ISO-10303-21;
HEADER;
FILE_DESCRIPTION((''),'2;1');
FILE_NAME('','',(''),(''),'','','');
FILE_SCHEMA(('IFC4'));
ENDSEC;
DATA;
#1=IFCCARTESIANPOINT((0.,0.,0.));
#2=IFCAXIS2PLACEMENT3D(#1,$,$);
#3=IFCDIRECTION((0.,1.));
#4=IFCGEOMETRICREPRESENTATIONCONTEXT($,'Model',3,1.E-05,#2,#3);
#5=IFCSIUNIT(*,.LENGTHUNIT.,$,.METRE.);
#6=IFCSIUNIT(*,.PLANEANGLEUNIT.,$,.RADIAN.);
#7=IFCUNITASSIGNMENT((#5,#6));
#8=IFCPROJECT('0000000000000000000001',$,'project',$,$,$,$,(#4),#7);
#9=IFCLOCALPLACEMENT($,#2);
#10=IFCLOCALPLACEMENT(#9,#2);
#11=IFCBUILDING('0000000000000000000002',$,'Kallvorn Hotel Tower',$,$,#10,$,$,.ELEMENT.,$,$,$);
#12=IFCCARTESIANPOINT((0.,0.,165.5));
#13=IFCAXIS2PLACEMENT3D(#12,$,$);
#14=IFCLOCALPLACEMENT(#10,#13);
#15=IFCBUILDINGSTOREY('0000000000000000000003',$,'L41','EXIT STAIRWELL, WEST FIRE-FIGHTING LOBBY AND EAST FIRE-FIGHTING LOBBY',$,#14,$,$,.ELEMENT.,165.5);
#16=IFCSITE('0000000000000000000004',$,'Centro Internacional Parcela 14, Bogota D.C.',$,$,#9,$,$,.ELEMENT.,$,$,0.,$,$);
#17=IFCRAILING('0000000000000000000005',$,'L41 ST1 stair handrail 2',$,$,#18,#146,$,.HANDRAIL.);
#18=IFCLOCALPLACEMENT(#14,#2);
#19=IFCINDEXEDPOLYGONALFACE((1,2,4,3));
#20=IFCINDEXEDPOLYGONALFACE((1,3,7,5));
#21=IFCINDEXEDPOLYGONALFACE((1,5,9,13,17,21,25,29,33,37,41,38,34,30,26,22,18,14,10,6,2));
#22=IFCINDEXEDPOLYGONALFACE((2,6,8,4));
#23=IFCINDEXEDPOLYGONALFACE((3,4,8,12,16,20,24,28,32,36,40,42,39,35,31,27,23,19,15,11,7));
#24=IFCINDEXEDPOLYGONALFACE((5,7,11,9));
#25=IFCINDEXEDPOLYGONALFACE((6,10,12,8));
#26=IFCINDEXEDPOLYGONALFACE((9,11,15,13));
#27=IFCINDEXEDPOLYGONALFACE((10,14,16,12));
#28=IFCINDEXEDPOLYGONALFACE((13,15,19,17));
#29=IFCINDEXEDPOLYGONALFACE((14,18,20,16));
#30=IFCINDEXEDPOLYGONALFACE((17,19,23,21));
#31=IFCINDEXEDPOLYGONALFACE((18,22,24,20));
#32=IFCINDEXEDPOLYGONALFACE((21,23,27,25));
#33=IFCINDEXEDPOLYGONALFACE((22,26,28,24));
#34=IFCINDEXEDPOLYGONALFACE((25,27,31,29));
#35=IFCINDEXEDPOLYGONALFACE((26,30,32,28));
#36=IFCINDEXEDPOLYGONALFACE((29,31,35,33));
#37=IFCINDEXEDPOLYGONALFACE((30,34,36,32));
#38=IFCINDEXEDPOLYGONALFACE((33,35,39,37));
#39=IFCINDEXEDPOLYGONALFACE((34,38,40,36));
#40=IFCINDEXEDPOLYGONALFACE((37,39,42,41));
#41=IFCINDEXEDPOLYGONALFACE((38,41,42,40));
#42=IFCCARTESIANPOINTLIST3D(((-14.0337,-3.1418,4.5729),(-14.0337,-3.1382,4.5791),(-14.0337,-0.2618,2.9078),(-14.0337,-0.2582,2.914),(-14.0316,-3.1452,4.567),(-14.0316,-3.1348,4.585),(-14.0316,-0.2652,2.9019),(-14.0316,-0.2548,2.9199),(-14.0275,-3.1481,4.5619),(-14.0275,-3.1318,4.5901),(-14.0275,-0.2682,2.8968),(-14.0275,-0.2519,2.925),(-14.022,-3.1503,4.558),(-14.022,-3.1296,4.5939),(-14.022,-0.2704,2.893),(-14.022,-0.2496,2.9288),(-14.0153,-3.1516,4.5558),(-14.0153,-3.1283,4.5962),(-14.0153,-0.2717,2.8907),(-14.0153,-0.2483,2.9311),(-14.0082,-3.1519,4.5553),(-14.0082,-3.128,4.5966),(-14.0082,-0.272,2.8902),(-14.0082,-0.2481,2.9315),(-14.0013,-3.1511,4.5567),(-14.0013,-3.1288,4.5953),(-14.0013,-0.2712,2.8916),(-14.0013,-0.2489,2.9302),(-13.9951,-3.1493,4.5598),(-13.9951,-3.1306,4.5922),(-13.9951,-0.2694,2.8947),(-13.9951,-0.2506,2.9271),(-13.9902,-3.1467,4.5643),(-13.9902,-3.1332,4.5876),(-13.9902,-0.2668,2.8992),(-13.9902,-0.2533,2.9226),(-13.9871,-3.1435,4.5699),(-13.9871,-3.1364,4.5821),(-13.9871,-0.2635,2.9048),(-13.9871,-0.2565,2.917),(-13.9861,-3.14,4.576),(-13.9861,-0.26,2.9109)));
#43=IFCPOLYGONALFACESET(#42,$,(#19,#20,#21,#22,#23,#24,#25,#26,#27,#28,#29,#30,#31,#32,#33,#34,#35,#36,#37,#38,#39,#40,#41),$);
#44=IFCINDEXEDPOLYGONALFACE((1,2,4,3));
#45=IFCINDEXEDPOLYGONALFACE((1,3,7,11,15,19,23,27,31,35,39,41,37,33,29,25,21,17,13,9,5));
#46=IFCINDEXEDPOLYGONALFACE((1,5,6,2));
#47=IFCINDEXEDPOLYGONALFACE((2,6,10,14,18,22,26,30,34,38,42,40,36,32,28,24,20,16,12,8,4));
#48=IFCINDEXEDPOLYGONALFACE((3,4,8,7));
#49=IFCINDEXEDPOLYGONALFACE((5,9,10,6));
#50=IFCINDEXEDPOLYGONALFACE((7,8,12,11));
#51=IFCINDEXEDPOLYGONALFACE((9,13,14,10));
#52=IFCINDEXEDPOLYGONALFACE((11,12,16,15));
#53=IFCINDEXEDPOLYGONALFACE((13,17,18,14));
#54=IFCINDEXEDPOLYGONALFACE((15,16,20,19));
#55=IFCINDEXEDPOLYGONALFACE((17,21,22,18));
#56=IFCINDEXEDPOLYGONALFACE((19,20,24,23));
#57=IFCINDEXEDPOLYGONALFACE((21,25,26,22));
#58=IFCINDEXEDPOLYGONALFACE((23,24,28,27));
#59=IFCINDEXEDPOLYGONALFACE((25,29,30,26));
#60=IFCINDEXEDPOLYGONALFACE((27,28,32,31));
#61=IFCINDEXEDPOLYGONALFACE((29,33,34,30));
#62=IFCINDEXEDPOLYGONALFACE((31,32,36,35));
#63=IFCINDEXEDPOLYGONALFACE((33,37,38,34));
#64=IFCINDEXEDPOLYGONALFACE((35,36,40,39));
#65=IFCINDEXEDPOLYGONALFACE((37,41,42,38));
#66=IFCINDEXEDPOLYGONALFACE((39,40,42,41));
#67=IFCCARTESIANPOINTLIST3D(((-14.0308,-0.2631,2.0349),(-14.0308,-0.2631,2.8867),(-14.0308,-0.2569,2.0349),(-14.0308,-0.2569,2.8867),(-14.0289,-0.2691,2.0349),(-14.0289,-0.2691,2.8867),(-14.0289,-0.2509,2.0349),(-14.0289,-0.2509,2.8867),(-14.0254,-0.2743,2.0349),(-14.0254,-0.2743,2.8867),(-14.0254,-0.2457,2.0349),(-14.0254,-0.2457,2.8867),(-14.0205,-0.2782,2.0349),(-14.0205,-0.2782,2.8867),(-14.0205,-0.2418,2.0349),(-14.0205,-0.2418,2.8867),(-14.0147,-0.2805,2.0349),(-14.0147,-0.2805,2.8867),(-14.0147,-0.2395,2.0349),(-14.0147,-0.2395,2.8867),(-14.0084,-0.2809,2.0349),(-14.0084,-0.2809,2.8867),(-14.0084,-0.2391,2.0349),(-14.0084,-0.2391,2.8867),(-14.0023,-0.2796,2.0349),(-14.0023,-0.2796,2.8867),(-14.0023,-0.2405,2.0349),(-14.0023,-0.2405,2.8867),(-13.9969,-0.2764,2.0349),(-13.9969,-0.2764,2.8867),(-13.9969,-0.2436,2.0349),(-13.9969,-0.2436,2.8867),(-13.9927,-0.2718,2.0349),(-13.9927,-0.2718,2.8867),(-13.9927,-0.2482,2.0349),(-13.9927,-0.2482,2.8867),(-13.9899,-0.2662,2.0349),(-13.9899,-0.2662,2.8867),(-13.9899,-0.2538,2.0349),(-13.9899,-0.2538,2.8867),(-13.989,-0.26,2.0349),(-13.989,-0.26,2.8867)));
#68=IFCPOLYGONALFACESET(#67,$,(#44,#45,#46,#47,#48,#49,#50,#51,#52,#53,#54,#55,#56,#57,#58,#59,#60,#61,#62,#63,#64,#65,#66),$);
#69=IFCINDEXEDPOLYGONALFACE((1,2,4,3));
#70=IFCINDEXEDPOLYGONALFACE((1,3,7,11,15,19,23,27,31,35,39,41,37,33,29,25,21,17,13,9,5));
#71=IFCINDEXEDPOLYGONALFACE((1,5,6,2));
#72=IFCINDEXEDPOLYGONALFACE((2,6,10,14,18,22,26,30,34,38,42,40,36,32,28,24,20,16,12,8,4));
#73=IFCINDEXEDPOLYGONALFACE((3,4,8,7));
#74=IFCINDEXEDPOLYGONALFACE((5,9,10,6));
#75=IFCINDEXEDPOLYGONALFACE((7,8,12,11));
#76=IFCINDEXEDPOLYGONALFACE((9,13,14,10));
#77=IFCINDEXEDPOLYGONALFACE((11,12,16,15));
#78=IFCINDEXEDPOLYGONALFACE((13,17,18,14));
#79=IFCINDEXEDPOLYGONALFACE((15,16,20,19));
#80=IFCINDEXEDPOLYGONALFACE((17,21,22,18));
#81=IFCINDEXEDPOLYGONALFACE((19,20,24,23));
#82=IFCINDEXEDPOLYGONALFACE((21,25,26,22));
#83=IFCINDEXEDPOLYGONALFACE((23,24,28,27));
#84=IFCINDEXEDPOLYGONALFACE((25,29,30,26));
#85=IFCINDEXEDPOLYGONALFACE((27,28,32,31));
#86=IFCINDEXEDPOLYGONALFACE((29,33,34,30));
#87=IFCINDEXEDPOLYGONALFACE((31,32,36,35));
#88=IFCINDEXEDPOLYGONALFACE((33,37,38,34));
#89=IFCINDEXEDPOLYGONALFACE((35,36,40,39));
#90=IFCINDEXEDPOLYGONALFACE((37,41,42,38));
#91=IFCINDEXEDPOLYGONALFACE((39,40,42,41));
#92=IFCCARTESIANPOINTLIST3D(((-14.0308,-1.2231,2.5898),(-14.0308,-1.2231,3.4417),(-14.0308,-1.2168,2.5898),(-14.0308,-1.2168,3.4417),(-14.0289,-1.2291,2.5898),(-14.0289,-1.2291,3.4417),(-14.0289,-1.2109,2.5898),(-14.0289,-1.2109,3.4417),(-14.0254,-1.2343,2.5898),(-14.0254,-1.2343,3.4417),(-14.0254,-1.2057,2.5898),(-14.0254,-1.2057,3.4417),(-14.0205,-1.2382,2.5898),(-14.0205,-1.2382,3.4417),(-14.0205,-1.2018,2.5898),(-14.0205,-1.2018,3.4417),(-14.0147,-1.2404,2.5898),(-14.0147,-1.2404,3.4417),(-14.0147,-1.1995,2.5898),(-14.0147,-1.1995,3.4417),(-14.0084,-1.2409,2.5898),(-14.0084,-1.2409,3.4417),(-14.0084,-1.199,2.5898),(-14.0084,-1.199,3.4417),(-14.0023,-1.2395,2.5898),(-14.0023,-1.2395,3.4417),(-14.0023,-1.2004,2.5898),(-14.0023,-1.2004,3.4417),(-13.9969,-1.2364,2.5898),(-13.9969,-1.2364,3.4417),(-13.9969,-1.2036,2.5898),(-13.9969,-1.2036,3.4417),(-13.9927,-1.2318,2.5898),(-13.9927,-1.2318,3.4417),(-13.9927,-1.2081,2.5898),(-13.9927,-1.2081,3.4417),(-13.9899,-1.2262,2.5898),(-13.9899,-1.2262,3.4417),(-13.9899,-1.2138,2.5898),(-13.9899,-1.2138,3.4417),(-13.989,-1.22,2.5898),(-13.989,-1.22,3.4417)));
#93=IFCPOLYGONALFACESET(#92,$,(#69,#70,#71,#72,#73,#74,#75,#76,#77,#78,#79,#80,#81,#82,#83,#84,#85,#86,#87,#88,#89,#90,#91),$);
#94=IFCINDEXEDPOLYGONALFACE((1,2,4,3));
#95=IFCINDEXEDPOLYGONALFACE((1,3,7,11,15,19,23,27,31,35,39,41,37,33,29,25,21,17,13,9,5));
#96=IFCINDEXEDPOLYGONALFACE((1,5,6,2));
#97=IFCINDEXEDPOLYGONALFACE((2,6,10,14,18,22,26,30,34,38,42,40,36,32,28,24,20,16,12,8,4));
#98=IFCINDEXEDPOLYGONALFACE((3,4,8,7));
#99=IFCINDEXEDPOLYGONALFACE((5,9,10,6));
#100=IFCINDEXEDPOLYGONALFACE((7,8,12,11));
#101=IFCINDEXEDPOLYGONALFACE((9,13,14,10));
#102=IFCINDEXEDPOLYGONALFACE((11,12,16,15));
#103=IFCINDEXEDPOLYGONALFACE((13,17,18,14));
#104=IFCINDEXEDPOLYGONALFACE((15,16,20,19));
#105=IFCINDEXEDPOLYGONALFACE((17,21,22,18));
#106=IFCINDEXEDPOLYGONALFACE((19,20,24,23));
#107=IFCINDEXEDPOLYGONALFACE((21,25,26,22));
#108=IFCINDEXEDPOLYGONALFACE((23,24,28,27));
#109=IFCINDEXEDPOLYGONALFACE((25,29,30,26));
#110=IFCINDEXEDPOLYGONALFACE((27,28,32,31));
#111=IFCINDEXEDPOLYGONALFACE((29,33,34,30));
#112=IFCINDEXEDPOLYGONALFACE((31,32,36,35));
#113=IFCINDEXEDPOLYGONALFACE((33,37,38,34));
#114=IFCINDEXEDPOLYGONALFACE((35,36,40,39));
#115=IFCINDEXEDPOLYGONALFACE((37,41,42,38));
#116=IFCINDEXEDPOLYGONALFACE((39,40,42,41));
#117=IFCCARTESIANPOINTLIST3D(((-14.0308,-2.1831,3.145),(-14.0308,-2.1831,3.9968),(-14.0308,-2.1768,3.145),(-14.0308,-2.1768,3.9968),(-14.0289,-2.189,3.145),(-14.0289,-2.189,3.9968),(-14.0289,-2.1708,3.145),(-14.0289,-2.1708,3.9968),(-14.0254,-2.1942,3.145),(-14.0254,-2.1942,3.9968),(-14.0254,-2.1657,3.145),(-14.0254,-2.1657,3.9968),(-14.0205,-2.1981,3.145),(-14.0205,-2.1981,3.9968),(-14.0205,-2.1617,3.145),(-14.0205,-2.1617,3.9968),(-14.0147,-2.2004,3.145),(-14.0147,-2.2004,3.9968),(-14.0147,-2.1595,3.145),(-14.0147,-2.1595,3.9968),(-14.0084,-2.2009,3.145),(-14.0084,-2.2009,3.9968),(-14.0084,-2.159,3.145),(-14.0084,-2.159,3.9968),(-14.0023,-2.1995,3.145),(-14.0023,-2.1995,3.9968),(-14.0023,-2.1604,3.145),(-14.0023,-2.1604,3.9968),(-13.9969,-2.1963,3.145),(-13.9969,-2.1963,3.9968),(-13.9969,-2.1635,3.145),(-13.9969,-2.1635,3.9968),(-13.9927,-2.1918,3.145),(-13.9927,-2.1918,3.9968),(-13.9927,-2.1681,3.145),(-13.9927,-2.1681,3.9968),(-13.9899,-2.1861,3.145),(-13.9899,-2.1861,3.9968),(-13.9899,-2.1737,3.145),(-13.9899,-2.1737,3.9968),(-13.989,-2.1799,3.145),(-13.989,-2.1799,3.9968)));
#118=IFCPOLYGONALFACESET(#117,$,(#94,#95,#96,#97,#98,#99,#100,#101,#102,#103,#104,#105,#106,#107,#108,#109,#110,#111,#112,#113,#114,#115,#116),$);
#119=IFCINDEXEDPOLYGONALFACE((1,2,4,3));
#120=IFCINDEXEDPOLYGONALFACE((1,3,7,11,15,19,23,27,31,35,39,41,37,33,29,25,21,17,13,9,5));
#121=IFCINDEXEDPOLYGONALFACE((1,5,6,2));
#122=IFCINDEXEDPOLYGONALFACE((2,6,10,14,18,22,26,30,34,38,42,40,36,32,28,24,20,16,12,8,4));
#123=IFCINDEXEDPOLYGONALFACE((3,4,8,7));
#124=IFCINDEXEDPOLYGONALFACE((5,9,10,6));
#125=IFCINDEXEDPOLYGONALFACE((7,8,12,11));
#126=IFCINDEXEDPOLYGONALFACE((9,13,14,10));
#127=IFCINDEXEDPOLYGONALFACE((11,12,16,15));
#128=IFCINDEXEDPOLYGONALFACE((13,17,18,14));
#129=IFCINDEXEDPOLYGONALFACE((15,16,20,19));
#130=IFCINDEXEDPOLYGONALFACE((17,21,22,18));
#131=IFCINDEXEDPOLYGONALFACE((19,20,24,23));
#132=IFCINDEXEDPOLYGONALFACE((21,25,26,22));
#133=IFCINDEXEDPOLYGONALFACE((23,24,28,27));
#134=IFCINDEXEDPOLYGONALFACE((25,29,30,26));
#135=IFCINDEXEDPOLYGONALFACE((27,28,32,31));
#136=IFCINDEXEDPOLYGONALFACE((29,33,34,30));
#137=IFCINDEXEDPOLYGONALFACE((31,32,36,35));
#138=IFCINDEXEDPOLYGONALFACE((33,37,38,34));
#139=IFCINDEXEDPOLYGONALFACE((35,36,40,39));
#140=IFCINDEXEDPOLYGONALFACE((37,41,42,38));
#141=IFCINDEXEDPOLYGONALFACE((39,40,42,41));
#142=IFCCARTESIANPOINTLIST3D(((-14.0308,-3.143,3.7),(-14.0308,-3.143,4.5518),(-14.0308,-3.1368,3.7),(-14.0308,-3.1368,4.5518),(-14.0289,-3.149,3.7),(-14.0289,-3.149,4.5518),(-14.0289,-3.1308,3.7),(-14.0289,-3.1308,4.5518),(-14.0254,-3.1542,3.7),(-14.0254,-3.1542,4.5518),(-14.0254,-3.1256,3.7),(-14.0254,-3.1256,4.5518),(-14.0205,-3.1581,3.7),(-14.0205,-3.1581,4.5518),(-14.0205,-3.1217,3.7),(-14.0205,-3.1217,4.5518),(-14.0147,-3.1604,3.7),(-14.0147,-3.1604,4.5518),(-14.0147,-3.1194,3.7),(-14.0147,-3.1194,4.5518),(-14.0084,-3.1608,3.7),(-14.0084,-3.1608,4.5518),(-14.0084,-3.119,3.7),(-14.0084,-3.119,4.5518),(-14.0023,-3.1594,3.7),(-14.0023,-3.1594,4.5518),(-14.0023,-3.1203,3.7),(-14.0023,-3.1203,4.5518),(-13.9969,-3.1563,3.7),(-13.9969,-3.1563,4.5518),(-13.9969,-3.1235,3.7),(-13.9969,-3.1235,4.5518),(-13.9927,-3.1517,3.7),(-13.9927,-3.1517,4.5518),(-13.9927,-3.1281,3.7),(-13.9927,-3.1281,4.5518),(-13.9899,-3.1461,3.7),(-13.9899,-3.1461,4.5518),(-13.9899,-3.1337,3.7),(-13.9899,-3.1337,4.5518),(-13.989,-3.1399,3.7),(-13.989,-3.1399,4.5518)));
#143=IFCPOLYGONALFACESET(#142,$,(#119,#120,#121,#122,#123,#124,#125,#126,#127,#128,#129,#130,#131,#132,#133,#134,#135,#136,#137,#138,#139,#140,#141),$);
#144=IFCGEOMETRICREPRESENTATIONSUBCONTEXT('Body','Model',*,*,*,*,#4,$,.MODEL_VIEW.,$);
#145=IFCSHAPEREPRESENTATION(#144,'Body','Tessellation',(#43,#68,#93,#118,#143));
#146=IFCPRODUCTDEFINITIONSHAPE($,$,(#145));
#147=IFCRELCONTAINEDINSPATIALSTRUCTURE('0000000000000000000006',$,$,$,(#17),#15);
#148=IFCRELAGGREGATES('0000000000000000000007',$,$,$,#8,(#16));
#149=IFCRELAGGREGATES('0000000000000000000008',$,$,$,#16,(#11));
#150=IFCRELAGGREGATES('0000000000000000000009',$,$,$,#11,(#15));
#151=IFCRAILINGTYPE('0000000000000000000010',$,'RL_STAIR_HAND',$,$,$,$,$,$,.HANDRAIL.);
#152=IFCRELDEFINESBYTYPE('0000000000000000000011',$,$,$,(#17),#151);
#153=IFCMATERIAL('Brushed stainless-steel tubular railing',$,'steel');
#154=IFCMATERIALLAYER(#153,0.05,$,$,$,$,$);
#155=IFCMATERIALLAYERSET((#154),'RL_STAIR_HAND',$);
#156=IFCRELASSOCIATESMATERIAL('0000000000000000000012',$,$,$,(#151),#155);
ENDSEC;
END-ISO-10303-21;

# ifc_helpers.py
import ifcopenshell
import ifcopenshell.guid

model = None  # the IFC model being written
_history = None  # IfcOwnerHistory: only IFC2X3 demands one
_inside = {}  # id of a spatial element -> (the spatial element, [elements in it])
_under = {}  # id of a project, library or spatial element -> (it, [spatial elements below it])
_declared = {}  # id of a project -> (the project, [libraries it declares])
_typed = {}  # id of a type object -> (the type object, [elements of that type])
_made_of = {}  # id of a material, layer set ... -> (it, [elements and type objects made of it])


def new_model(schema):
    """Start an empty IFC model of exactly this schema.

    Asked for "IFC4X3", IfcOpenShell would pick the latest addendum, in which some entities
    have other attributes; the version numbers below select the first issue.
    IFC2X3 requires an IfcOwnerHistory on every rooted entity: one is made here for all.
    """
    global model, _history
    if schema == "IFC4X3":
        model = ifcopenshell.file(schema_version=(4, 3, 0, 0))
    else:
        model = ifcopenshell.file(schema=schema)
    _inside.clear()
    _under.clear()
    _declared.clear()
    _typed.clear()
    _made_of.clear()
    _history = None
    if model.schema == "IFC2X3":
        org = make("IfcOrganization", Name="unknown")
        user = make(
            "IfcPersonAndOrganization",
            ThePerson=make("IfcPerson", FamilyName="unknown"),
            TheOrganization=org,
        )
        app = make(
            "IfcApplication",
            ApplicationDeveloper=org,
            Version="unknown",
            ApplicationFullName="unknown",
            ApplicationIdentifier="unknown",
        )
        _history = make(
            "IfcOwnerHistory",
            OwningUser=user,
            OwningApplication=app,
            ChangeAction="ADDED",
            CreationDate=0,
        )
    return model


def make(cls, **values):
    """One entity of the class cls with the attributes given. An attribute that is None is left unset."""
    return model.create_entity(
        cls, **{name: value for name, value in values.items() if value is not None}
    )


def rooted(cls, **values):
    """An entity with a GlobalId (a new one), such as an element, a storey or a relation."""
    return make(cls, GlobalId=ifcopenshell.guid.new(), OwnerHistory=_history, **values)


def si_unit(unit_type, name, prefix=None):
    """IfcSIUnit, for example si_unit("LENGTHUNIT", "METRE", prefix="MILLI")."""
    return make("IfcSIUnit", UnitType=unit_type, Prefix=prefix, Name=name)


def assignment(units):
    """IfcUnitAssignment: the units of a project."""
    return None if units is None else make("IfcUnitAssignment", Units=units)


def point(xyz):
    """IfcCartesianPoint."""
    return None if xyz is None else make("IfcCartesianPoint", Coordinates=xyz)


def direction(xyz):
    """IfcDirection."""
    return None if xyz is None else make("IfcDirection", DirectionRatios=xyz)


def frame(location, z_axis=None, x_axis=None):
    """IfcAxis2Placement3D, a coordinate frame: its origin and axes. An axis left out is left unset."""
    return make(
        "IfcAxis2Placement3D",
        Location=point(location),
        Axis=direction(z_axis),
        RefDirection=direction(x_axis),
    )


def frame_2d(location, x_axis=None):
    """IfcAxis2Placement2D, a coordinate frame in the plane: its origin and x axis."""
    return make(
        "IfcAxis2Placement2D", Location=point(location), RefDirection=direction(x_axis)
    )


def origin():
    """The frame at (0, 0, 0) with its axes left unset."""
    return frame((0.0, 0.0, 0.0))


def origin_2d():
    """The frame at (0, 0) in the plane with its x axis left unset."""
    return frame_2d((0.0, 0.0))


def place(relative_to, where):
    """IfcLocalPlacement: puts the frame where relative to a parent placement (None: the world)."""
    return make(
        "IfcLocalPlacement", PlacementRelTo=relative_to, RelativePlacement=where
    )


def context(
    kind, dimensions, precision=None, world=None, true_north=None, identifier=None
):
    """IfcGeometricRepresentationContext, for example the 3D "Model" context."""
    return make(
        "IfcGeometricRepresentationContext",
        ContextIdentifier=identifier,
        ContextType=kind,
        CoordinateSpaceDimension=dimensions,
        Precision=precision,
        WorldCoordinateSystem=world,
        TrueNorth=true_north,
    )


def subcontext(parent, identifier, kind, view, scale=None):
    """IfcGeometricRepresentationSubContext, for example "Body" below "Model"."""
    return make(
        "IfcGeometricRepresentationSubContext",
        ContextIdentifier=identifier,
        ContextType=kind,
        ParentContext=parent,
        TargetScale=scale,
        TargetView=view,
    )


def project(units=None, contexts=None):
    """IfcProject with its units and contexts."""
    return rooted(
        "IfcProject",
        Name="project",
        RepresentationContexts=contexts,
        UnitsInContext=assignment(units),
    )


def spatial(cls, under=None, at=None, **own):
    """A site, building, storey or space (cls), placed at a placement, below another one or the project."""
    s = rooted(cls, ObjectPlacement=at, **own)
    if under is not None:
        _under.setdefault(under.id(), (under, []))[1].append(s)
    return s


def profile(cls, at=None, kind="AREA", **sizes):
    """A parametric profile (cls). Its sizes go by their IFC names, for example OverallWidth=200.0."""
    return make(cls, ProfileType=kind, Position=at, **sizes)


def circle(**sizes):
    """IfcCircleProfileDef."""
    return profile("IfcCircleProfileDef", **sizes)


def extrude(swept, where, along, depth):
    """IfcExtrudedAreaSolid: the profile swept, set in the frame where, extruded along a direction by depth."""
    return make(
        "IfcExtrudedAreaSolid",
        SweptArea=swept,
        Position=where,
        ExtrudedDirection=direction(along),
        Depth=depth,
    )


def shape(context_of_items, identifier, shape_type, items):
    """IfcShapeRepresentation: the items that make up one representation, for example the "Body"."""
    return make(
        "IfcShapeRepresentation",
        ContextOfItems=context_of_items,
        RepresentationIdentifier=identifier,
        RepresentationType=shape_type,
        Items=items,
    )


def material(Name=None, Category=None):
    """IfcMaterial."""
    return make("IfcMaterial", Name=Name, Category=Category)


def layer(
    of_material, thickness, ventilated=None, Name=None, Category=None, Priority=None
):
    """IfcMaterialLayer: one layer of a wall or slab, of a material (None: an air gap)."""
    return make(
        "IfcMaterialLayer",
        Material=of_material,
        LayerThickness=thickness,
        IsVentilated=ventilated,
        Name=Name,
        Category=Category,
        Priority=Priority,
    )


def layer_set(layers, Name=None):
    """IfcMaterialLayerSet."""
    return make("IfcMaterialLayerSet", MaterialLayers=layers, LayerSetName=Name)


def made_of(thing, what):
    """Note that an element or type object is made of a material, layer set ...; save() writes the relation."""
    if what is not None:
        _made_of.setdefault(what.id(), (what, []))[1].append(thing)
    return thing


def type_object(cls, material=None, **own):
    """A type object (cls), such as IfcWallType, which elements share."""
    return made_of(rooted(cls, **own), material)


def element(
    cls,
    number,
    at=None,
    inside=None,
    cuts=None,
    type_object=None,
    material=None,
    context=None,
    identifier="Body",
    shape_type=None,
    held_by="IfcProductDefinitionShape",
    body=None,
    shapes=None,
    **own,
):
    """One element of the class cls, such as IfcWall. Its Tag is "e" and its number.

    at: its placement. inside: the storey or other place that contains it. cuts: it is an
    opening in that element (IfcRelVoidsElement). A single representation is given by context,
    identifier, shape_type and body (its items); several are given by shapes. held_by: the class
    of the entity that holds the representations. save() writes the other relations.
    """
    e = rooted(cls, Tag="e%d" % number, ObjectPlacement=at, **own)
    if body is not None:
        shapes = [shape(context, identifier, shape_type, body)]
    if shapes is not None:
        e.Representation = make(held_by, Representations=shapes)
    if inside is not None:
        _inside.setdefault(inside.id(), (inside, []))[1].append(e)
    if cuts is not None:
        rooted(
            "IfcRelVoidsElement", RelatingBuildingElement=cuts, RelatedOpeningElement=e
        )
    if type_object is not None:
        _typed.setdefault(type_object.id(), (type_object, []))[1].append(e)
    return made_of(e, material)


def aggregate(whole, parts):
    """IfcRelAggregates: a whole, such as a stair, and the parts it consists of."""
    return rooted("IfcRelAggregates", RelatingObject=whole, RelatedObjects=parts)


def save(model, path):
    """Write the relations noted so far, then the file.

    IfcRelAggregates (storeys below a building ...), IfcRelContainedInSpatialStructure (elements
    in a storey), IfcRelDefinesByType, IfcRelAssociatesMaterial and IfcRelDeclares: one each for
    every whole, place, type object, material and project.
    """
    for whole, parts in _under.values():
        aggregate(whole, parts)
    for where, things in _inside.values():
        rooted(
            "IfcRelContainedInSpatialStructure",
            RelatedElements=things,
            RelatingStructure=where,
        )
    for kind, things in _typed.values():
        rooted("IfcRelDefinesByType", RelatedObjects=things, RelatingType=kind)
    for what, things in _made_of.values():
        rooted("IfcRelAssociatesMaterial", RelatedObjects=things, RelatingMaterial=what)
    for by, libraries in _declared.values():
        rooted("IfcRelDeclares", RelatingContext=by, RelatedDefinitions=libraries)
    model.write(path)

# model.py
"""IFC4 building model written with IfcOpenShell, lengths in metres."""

from ifc_helpers import new_model, si_unit, direction, frame, origin, origin_2d, place, context, subcontext, project, spatial, circle, extrude, material, layer, layer_set, type_object, element, save


model = new_model("IFC4")

# Units and contexts
model_context = context("Model", 3, precision=1e-05, world=origin(), true_north=direction((0.0, 1.0)))
body_context = subcontext(model_context, "Body", "Model", "MODEL_VIEW")
ifc_project = project(units=[si_unit("LENGTHUNIT", "METRE"), si_unit("PLANEANGLEUNIT", "RADIAN")], contexts=[model_context])

# Site, building, storey
site_placement = place(None, origin())
site = spatial("IfcSite", under=ifc_project, at=site_placement, Name="Centro Internacional Parcela 14, Bogota D.C.", CompositionType="ELEMENT", RefElevation=0.0)
building_placement = place(site_placement, origin())
building = spatial("IfcBuilding", under=site, at=building_placement, Name="Kallvorn Hotel Tower", CompositionType="ELEMENT")
storey_placement = place(building_placement, frame((0.0, 0.0, 165.5)))
storey = spatial("IfcBuildingStorey", under=building, at=storey_placement, Name="L41", Description="EXIT STAIRWELL, WEST FIRE-FIGHTING LOBBY AND EAST FIRE-FIGHTING LOBBY", CompositionType="ELEMENT", Elevation=165.5)

# Railing
ifc_material_1 = material(Name="Brushed stainless-steel tubular railing", Category="steel")
ifc_layer_1 = layer(ifc_material_1, 0.05)
ifc_layer_set_1 = layer_set([ifc_layer_1], Name="RL_STAIR_HAND")
railing_type_1 = type_object("IfcRailingType", Name="RL_STAIR_HAND", PredefinedType="HANDRAIL", material=ifc_layer_set_1)
railing_1_placement = place(storey_placement, frame((-14.01, -0.26, 2.0349)))
element("IfcRailing", 1, at=railing_1_placement, inside=storey, type_object=railing_type_1, Name="L41 ST1 stair handrail 2", PredefinedType="HANDRAIL", context=body_context, shape_type="SweptSolid", body=[
    extrude(circle(Radius=0.0239, at=origin_2d()), frame((0.0, 0.0, 0.876), z_axis=(0.0, -0.865721, 0.500527), x_axis=(1.0, 0.0, 0.0)), (0.0, 0.0, 1.0), 3.3267),
    extrude(circle(Radius=0.021, at=origin_2d()), origin(), (0.0, 0.0, 1.0), 0.8518),
    extrude(circle(Radius=0.021, at=origin_2d()), frame((0.0, -0.96, 0.5549)), (0.0, 0.0, 1.0), 0.8518),
    extrude(circle(Radius=0.021, at=origin_2d()), frame((0.0, -1.9199, 1.1101)), (0.0, 0.0, 1.0), 0.8518),
    extrude(circle(Radius=0.021, at=origin_2d()), frame((0.0, -2.8799, 1.665)), (0.0, 0.0, 1.0), 0.8518),
])

save(model, "model.ifc")
